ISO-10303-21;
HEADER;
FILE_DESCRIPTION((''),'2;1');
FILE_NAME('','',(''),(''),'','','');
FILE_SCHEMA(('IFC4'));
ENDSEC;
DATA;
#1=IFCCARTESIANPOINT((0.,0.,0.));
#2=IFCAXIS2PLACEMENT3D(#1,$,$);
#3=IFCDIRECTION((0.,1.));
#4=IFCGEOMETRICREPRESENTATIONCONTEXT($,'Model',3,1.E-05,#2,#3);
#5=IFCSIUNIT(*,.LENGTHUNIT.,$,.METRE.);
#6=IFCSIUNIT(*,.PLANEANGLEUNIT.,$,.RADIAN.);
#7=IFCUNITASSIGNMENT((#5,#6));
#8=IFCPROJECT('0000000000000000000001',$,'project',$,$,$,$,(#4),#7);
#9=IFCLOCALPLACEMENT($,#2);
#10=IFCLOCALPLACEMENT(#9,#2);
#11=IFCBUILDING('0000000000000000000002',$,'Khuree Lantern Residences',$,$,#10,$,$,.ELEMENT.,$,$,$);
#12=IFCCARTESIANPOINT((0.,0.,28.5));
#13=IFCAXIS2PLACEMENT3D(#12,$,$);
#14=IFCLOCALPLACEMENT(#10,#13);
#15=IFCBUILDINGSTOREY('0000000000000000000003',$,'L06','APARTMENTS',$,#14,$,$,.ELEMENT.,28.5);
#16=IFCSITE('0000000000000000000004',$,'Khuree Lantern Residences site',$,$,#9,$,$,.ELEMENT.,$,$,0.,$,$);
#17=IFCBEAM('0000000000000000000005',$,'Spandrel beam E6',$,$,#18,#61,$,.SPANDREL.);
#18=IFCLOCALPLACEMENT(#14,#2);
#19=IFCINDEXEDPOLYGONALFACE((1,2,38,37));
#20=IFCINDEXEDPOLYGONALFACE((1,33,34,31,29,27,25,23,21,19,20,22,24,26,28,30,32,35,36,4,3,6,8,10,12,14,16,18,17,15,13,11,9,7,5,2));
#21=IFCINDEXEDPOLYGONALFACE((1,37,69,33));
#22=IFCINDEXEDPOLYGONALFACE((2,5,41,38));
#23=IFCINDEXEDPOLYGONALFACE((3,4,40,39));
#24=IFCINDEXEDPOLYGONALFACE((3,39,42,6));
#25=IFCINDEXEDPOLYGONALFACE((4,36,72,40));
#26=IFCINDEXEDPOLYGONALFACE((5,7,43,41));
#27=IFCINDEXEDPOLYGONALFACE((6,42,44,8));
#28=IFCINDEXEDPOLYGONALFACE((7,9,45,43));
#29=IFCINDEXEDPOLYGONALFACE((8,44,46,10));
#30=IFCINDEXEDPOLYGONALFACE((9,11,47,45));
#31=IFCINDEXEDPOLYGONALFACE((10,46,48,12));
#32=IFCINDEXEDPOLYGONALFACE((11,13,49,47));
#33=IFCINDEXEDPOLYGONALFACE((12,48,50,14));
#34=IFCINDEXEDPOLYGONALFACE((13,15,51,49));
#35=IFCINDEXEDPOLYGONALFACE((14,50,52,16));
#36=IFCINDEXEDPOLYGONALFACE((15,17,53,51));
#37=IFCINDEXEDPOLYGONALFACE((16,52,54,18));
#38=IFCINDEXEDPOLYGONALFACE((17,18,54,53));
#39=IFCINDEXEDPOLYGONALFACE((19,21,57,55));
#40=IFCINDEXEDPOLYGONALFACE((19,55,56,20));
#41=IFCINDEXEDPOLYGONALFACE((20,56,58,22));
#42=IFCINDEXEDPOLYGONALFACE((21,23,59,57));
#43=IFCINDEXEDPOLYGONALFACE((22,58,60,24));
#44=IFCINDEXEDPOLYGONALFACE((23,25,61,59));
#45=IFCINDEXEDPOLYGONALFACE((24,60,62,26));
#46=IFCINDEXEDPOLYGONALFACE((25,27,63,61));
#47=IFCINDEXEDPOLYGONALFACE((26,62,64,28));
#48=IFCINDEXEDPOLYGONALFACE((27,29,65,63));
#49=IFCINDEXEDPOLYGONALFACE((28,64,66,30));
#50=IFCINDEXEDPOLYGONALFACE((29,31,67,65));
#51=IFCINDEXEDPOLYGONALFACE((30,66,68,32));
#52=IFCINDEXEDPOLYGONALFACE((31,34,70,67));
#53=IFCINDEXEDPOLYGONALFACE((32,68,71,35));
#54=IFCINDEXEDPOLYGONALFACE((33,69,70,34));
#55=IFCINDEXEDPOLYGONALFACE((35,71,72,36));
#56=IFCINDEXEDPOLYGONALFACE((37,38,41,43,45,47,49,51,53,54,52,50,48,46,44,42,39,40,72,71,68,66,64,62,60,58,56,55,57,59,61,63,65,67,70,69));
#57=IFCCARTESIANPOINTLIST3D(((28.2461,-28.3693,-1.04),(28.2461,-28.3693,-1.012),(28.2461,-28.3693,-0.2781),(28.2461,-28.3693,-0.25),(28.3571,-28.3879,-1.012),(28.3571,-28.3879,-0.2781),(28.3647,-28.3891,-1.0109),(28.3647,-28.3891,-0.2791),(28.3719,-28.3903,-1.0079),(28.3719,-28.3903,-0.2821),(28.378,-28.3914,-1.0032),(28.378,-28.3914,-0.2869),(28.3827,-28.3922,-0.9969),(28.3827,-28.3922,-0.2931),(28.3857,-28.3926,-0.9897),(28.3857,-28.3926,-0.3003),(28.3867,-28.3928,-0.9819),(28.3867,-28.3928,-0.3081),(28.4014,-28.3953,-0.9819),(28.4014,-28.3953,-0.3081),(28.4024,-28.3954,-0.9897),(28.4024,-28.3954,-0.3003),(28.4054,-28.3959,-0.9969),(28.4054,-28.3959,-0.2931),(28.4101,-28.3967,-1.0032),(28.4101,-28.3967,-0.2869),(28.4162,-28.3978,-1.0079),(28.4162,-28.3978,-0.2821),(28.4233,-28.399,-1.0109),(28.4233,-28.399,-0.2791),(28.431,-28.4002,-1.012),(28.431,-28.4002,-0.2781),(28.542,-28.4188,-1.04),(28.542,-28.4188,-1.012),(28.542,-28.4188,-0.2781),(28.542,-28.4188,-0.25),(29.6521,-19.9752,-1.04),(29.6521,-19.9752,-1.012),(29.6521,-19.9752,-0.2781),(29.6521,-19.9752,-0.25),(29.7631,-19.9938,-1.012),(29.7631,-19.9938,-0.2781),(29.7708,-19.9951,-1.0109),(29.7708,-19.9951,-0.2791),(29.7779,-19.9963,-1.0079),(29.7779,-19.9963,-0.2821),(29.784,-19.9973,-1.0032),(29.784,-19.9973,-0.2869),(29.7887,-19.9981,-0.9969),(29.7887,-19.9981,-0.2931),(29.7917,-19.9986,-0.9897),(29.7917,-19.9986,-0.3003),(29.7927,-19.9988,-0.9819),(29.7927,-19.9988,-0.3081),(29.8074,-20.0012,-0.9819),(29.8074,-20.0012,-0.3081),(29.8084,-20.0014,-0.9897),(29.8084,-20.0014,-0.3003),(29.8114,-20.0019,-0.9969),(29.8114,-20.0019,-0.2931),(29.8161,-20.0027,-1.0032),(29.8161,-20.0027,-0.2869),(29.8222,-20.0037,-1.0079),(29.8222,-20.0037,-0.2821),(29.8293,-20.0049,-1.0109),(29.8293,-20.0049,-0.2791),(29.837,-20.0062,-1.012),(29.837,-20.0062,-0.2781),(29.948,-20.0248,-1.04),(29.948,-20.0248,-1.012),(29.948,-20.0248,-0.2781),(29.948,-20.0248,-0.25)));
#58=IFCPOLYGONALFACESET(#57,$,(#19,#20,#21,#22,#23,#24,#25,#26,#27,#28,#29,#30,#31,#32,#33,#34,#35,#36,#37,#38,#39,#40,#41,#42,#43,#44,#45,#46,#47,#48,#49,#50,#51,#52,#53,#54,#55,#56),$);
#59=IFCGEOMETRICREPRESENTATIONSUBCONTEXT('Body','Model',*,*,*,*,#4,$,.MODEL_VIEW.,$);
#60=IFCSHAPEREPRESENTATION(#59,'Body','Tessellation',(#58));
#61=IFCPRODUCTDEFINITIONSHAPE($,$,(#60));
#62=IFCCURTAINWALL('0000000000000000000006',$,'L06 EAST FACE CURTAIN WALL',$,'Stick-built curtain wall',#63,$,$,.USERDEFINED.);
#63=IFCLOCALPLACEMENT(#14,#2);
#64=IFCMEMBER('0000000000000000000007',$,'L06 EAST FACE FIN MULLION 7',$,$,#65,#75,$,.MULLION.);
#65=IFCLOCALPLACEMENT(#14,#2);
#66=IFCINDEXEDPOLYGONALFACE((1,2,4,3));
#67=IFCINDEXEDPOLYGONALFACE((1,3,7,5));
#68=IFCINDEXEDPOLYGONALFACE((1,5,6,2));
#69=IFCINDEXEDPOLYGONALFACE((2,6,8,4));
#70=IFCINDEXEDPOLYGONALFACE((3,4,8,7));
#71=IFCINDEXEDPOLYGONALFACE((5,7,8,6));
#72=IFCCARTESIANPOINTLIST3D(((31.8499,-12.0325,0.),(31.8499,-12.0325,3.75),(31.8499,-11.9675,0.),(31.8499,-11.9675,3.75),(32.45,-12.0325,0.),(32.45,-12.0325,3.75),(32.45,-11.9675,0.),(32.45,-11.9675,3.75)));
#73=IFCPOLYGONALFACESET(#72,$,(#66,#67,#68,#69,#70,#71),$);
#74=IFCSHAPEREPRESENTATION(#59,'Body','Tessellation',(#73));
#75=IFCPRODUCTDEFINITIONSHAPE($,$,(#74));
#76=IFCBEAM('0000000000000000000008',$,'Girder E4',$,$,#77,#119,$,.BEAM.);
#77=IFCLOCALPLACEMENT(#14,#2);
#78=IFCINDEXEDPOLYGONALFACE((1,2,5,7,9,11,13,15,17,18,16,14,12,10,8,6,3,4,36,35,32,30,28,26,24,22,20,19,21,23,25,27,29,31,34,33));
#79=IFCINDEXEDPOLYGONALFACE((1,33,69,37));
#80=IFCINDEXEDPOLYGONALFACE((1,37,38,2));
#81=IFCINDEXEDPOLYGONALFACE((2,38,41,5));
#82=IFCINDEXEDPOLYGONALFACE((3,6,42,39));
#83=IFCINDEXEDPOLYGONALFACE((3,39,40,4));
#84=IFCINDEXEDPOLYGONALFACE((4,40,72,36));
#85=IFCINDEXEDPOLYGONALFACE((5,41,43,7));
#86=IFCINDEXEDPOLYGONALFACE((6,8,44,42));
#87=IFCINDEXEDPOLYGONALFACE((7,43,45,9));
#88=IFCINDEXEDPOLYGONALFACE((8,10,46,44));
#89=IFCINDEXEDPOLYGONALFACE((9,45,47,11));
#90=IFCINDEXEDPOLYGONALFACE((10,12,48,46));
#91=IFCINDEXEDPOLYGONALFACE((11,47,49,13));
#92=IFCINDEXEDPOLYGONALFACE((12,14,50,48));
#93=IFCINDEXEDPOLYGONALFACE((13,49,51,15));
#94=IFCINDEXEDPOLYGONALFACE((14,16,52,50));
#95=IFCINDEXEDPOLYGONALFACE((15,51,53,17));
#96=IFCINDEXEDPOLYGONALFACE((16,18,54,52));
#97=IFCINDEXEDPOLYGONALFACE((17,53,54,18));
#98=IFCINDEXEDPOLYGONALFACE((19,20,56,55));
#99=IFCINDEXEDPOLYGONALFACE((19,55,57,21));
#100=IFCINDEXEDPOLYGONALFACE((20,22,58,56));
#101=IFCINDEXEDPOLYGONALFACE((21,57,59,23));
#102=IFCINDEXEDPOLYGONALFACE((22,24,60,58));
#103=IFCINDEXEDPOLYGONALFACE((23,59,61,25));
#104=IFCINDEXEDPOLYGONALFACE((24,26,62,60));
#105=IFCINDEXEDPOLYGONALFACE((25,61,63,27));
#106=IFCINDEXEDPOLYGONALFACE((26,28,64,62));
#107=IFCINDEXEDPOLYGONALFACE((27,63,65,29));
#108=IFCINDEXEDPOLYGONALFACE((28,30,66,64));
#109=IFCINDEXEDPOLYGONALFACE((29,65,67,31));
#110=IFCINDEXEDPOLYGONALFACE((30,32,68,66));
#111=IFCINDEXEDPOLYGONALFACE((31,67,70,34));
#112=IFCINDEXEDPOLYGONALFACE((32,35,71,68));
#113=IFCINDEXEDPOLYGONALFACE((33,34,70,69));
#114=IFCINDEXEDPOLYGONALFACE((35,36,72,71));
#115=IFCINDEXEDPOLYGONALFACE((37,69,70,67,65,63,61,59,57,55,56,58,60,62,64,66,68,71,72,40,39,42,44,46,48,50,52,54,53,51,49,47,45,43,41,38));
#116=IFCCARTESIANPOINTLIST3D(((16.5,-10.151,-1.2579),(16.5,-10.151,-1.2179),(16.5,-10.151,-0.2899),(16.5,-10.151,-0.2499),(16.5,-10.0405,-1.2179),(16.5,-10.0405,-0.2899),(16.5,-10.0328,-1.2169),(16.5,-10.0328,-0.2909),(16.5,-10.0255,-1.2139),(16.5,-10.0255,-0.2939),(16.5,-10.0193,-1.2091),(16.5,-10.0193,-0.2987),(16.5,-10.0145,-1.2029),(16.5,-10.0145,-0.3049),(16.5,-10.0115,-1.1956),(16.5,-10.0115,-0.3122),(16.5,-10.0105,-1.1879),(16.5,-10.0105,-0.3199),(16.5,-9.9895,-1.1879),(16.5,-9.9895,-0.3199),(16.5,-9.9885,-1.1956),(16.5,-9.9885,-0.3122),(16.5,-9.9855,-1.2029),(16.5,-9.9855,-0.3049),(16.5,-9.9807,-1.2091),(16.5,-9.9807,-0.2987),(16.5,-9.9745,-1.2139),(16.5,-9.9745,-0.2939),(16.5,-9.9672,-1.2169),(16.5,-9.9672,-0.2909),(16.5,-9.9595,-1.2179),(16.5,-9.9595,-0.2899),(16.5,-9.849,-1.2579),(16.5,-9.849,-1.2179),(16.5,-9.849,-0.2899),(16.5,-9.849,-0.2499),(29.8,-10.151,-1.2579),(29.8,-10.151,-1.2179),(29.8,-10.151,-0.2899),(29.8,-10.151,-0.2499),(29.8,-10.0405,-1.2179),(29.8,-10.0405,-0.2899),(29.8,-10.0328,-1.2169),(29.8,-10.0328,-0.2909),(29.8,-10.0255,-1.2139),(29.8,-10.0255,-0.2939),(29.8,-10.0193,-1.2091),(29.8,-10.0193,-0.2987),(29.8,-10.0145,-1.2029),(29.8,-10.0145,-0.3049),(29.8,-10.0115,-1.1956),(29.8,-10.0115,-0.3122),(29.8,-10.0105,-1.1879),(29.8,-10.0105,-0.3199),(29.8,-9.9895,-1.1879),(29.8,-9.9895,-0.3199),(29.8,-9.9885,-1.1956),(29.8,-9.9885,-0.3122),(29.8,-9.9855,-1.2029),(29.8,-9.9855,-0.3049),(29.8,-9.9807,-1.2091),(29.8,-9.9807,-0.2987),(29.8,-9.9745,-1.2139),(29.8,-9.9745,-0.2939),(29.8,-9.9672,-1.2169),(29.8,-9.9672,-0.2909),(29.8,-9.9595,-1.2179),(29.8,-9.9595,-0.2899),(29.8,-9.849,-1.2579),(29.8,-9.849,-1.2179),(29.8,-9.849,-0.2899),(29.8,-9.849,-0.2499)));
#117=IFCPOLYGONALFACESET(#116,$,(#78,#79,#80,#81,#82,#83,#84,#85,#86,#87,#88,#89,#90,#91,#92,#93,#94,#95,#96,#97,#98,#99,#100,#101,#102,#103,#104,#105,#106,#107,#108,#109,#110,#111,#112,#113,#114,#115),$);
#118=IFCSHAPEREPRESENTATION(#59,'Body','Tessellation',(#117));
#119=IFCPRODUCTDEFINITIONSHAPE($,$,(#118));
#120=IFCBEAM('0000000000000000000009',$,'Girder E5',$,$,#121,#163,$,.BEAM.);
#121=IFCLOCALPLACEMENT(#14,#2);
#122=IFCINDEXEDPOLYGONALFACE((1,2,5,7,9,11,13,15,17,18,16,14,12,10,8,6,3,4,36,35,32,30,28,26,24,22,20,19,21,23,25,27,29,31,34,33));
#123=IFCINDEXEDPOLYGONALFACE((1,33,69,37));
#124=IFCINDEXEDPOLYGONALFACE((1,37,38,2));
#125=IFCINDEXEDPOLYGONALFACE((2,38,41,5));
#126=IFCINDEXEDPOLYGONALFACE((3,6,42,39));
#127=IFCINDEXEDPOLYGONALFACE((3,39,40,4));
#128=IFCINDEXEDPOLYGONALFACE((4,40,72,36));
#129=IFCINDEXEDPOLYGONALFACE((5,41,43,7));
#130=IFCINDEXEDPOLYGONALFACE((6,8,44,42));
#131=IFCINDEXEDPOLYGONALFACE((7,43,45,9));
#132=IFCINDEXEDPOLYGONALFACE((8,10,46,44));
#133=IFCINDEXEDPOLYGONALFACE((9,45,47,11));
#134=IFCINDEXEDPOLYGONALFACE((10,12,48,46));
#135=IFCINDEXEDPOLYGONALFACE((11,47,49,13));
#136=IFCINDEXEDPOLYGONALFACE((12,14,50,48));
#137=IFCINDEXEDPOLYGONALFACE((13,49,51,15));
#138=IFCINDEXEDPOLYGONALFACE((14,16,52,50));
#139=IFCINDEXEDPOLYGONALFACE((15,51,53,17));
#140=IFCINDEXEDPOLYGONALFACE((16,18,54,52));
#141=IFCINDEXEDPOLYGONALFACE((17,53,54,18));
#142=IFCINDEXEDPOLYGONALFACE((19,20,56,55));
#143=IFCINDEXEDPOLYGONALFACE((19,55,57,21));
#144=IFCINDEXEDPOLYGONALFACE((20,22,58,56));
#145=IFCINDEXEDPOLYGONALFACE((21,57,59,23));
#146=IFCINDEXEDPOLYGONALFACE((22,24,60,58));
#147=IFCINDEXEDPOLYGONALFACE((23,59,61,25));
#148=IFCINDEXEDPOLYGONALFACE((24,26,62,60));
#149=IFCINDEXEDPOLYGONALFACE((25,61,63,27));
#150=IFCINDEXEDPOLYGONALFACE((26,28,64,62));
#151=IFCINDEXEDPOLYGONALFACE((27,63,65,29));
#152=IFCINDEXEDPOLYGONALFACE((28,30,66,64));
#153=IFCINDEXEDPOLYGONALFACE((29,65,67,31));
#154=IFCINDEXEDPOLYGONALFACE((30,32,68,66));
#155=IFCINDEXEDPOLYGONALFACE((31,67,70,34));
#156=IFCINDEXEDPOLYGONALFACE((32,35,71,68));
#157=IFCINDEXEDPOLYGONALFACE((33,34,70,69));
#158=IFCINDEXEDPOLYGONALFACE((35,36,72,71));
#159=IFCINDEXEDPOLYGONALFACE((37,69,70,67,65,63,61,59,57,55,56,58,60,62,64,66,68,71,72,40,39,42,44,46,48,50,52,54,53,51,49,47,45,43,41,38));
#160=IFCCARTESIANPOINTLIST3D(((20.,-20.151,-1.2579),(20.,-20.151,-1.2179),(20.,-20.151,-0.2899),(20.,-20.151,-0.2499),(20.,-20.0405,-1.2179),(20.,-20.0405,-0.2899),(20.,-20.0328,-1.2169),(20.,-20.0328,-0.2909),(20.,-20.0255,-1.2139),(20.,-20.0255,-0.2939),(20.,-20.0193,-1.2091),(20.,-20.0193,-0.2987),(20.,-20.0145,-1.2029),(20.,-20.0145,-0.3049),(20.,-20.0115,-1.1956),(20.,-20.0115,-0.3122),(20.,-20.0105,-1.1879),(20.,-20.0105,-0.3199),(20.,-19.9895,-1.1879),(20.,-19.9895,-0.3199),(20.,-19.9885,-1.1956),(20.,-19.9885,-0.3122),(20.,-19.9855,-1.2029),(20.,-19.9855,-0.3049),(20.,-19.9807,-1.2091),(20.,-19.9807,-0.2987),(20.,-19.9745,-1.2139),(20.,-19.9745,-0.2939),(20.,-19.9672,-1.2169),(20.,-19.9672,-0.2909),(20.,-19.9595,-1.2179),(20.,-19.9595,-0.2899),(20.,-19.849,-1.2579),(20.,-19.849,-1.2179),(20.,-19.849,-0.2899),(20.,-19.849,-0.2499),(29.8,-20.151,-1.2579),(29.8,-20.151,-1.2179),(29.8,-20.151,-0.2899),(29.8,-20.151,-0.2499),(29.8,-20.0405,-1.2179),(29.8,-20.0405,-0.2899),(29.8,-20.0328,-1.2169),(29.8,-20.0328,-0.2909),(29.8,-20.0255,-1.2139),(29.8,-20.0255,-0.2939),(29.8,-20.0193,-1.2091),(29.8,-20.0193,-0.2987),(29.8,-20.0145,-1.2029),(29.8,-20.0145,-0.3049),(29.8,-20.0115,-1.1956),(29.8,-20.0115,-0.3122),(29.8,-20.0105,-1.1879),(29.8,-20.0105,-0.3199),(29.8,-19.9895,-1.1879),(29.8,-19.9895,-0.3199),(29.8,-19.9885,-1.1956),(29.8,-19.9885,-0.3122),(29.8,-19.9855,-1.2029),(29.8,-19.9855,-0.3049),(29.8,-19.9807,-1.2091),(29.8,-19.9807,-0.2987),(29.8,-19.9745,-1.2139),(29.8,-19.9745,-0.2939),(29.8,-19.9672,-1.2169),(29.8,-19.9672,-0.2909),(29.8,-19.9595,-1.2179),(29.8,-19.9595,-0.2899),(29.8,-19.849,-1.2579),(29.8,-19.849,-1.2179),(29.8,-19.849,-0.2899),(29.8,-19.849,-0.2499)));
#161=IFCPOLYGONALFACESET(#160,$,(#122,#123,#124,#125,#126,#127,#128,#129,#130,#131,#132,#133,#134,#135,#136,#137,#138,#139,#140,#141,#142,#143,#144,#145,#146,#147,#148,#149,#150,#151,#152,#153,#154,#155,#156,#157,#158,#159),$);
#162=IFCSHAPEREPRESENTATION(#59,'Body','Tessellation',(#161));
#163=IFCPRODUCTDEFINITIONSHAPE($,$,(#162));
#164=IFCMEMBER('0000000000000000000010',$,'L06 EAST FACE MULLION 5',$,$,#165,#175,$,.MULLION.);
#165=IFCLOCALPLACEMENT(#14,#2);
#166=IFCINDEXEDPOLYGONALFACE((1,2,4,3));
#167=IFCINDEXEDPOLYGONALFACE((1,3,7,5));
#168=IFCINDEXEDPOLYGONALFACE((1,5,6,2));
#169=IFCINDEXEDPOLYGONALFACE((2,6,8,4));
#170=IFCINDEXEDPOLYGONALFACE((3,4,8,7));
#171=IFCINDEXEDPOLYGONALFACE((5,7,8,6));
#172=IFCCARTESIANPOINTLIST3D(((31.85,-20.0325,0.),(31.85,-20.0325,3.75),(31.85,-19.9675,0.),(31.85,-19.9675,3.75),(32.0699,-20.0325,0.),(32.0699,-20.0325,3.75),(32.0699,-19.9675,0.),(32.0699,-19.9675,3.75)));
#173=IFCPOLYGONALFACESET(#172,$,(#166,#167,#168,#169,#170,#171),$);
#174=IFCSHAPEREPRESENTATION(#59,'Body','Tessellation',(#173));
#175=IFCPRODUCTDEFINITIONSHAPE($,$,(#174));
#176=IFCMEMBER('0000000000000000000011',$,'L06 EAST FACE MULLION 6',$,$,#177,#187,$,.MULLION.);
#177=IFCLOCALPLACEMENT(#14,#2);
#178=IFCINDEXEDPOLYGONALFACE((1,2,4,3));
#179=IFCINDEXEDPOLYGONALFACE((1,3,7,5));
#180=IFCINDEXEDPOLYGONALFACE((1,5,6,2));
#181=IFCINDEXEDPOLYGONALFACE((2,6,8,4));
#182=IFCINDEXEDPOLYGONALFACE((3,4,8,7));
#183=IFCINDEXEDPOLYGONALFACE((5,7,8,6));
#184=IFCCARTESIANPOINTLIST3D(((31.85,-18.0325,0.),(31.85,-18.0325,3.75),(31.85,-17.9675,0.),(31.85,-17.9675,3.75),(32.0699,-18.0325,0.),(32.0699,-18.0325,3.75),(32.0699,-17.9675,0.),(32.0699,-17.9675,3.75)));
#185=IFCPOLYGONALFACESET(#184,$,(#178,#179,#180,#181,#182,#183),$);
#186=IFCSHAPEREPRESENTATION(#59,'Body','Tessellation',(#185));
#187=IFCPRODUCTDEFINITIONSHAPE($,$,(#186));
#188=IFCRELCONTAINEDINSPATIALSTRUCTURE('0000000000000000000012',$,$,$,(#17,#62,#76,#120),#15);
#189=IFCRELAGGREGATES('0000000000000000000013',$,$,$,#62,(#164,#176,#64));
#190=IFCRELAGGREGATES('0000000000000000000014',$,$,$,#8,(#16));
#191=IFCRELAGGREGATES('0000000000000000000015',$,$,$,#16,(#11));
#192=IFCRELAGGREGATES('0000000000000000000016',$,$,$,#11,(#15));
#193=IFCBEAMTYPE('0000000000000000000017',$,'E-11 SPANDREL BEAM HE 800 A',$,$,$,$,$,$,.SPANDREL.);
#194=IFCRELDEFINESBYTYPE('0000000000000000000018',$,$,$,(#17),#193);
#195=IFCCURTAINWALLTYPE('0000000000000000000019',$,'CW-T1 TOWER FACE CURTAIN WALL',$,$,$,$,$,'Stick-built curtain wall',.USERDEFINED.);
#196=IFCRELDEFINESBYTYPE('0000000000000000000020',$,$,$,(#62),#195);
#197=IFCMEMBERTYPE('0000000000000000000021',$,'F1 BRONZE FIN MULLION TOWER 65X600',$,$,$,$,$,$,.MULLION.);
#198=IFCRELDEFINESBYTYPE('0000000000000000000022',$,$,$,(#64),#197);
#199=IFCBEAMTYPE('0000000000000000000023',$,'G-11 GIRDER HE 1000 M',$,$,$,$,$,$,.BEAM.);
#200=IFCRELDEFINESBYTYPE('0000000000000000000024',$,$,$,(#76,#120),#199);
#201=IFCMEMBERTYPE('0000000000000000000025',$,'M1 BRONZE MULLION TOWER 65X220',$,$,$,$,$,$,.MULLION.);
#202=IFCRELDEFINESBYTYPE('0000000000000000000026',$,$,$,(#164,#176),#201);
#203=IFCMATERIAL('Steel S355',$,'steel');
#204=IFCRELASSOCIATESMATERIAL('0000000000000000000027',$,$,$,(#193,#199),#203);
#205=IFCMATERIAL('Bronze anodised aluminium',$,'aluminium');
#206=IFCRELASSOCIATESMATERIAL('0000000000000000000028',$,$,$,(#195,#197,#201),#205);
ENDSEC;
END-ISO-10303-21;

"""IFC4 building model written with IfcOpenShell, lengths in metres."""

from ifc_helpers import new_model, si_unit, direction, frame, origin, origin_2d, place, context, subcontext, project, spatial, rectangle, i_section, extrude, material, material_profile, profile_set, type_object, element, aggregate, save


model = new_model("IFC4")

# Units and contexts
model_context = context("Model", 3, precision=1e-05, world=origin(), true_north=direction((0.0, 1.0)))
body_context = subcontext(model_context, "Body", "Model", "MODEL_VIEW")
ifc_project = project(units=[si_unit("LENGTHUNIT", "METRE"), si_unit("PLANEANGLEUNIT", "RADIAN")], contexts=[model_context])

# Site, building, storey
site_placement = place(None, origin())
site = spatial("IfcSite", under=ifc_project, at=site_placement, Name="Khuree Lantern Residences site", CompositionType="ELEMENT", RefElevation=0.0)
building_placement = place(site_placement, origin())
building = spatial("IfcBuilding", under=site, at=building_placement, Name="Khuree Lantern Residences", CompositionType="ELEMENT")
storey_placement = place(building_placement, frame((0.0, 0.0, 28.5)))
storey = spatial("IfcBuildingStorey", under=building, at=storey_placement, Name="L06", Description="APARTMENTS", CompositionType="ELEMENT", Elevation=28.5)

# Beam
ifc_material_1 = material(Name="Steel S355", Category="steel")
ifc_material_profile_1 = material_profile(ifc_material_1, i_section(OverallWidth=0.3, OverallDepth=0.79, WebThickness=0.0149, FlangeThickness=0.0281, FilletRadius=0.03, at=origin_2d()), Name="HE 800 A")
ifc_profile_set_1 = profile_set([ifc_material_profile_1], Name="Steel S355")
beam_type_1 = type_object("IfcBeamType", Name="E-11 SPANDREL BEAM HE 800 A", PredefinedType="SPANDREL", material=ifc_profile_set_1)
beam_1_placement = place(storey_placement, frame((29.8, -20.0, -0.645), z_axis=(-0.165199, -0.98626, 0.0), x_axis=(0.98626, -0.165199, 0.0)))
element("IfcBeam", 1, at=beam_1_placement, inside=storey, type_object=beam_type_1, Name="Spandrel beam E6", PredefinedType="SPANDREL", context=body_context, shape_type="SweptSolid", body=[
    extrude(i_section(OverallWidth=0.3, OverallDepth=0.79, WebThickness=0.0149, FlangeThickness=0.0281, FilletRadius=0.03, at=origin_2d()), origin(), (0.0, 0.0, 1.0), 8.511),
])

# Curtain wall, member
ifc_material_2 = material(Name="Bronze anodised aluminium", Category="aluminium")
curtain_wall_type = type_object("IfcCurtainWallType", Name="CW-T1 TOWER FACE CURTAIN WALL", ElementType="Stick-built curtain wall", PredefinedType="USERDEFINED", material=ifc_material_2)
curtain_wall_placement = place(storey_placement, origin())
curtain_wall = element("IfcCurtainWall", 2, at=curtain_wall_placement, inside=storey, type_object=curtain_wall_type, Name="L06 EAST FACE CURTAIN WALL", ObjectType="Stick-built curtain wall", PredefinedType="USERDEFINED")
ifc_material_profile_2 = material_profile(ifc_material_2, rectangle(XDim=0.0649, YDim=0.6001, at=origin_2d()), Name="F1 65X600")
ifc_profile_set_2 = profile_set([ifc_material_profile_2], Name="Bronze anodised aluminium")
member_type_1 = type_object("IfcMemberType", Name="F1 BRONZE FIN MULLION TOWER 65X600", PredefinedType="MULLION", material=ifc_profile_set_2)
member_1_placement = place(storey_placement, frame((32.1499, -12.0, 0.0), z_axis=(0.0, 0.0, 1.0), x_axis=(0.0, 1.0, 0.0)))
member_1 = element("IfcMember", 3, at=member_1_placement, type_object=member_type_1, Name="L06 EAST FACE FIN MULLION 7", PredefinedType="MULLION", context=body_context, shape_type="SweptSolid", body=[
    extrude(rectangle(XDim=0.0649, YDim=0.6001, at=origin_2d()), origin(), (0.0, 0.0, 1.0), 3.75),
])

# Beams
ifc_material_profile_3 = material_profile(ifc_material_1, i_section(OverallWidth=0.302, OverallDepth=1.0081, WebThickness=0.021, FlangeThickness=0.04, FilletRadius=0.03, at=origin_2d()), Name="HE 1000 M")
ifc_profile_set_3 = profile_set([ifc_material_profile_3], Name="Steel S355")
beam_type_2 = type_object("IfcBeamType", Name="G-11 GIRDER HE 1000 M", PredefinedType="BEAM", material=ifc_profile_set_3)
beam_2_placement = place(storey_placement, frame((29.8, -10.0, -0.7539), z_axis=(-1.0, 0.0, 0.0), x_axis=(0.0, -1.0, 0.0)))
element("IfcBeam", 4, at=beam_2_placement, inside=storey, type_object=beam_type_2, Name="Girder E4", PredefinedType="BEAM", context=body_context, shape_type="SweptSolid", body=[
    extrude(i_section(OverallWidth=0.302, OverallDepth=1.0081, WebThickness=0.021, FlangeThickness=0.04, FilletRadius=0.03, at=origin_2d()), origin(), (0.0, 0.0, 1.0), 13.3),
])
beam_3_placement = place(storey_placement, frame((29.8, -20.0, -0.7539), z_axis=(-1.0, 0.0, 0.0), x_axis=(0.0, -1.0, 0.0)))
element("IfcBeam", 5, at=beam_3_placement, inside=storey, type_object=beam_type_2, Name="Girder E5", PredefinedType="BEAM", context=body_context, shape_type="SweptSolid", body=[
    extrude(i_section(OverallWidth=0.302, OverallDepth=1.0081, WebThickness=0.021, FlangeThickness=0.04, FilletRadius=0.03, at=origin_2d()), origin(), (0.0, 0.0, 1.0), 9.8),
])

# Members
ifc_material_profile_4 = material_profile(ifc_material_2, rectangle(XDim=0.0649, YDim=0.22, at=origin_2d()), Name="M1 65X220")
ifc_profile_set_4 = profile_set([ifc_material_profile_4], Name="Bronze anodised aluminium")
member_type_2 = type_object("IfcMemberType", Name="M1 BRONZE MULLION TOWER 65X220", PredefinedType="MULLION", material=ifc_profile_set_4)
member_2_placement = place(storey_placement, frame((31.96, -20.0, 0.0), z_axis=(0.0, 0.0, 1.0), x_axis=(0.0, 1.0, 0.0)))
member_2 = element("IfcMember", 6, at=member_2_placement, type_object=member_type_2, Name="L06 EAST FACE MULLION 5", PredefinedType="MULLION", context=body_context, shape_type="SweptSolid", body=[
    extrude(rectangle(XDim=0.0649, YDim=0.22, at=origin_2d()), origin(), (0.0, 0.0, 1.0), 3.75),
])
member_3_placement = place(storey_placement, frame((31.96, -18.0, 0.0), z_axis=(0.0, 0.0, 1.0), x_axis=(0.0, 1.0, 0.0)))
member_3 = element("IfcMember", 7, at=member_3_placement, type_object=member_type_2, Name="L06 EAST FACE MULLION 6", PredefinedType="MULLION", context=body_context, shape_type="SweptSolid", body=[
    extrude(rectangle(XDim=0.0649, YDim=0.22, at=origin_2d()), origin(), (0.0, 0.0, 1.0), 3.75),
])

aggregate(curtain_wall, [member_2, member_3, member_1])

save(model, "model.ifc")
